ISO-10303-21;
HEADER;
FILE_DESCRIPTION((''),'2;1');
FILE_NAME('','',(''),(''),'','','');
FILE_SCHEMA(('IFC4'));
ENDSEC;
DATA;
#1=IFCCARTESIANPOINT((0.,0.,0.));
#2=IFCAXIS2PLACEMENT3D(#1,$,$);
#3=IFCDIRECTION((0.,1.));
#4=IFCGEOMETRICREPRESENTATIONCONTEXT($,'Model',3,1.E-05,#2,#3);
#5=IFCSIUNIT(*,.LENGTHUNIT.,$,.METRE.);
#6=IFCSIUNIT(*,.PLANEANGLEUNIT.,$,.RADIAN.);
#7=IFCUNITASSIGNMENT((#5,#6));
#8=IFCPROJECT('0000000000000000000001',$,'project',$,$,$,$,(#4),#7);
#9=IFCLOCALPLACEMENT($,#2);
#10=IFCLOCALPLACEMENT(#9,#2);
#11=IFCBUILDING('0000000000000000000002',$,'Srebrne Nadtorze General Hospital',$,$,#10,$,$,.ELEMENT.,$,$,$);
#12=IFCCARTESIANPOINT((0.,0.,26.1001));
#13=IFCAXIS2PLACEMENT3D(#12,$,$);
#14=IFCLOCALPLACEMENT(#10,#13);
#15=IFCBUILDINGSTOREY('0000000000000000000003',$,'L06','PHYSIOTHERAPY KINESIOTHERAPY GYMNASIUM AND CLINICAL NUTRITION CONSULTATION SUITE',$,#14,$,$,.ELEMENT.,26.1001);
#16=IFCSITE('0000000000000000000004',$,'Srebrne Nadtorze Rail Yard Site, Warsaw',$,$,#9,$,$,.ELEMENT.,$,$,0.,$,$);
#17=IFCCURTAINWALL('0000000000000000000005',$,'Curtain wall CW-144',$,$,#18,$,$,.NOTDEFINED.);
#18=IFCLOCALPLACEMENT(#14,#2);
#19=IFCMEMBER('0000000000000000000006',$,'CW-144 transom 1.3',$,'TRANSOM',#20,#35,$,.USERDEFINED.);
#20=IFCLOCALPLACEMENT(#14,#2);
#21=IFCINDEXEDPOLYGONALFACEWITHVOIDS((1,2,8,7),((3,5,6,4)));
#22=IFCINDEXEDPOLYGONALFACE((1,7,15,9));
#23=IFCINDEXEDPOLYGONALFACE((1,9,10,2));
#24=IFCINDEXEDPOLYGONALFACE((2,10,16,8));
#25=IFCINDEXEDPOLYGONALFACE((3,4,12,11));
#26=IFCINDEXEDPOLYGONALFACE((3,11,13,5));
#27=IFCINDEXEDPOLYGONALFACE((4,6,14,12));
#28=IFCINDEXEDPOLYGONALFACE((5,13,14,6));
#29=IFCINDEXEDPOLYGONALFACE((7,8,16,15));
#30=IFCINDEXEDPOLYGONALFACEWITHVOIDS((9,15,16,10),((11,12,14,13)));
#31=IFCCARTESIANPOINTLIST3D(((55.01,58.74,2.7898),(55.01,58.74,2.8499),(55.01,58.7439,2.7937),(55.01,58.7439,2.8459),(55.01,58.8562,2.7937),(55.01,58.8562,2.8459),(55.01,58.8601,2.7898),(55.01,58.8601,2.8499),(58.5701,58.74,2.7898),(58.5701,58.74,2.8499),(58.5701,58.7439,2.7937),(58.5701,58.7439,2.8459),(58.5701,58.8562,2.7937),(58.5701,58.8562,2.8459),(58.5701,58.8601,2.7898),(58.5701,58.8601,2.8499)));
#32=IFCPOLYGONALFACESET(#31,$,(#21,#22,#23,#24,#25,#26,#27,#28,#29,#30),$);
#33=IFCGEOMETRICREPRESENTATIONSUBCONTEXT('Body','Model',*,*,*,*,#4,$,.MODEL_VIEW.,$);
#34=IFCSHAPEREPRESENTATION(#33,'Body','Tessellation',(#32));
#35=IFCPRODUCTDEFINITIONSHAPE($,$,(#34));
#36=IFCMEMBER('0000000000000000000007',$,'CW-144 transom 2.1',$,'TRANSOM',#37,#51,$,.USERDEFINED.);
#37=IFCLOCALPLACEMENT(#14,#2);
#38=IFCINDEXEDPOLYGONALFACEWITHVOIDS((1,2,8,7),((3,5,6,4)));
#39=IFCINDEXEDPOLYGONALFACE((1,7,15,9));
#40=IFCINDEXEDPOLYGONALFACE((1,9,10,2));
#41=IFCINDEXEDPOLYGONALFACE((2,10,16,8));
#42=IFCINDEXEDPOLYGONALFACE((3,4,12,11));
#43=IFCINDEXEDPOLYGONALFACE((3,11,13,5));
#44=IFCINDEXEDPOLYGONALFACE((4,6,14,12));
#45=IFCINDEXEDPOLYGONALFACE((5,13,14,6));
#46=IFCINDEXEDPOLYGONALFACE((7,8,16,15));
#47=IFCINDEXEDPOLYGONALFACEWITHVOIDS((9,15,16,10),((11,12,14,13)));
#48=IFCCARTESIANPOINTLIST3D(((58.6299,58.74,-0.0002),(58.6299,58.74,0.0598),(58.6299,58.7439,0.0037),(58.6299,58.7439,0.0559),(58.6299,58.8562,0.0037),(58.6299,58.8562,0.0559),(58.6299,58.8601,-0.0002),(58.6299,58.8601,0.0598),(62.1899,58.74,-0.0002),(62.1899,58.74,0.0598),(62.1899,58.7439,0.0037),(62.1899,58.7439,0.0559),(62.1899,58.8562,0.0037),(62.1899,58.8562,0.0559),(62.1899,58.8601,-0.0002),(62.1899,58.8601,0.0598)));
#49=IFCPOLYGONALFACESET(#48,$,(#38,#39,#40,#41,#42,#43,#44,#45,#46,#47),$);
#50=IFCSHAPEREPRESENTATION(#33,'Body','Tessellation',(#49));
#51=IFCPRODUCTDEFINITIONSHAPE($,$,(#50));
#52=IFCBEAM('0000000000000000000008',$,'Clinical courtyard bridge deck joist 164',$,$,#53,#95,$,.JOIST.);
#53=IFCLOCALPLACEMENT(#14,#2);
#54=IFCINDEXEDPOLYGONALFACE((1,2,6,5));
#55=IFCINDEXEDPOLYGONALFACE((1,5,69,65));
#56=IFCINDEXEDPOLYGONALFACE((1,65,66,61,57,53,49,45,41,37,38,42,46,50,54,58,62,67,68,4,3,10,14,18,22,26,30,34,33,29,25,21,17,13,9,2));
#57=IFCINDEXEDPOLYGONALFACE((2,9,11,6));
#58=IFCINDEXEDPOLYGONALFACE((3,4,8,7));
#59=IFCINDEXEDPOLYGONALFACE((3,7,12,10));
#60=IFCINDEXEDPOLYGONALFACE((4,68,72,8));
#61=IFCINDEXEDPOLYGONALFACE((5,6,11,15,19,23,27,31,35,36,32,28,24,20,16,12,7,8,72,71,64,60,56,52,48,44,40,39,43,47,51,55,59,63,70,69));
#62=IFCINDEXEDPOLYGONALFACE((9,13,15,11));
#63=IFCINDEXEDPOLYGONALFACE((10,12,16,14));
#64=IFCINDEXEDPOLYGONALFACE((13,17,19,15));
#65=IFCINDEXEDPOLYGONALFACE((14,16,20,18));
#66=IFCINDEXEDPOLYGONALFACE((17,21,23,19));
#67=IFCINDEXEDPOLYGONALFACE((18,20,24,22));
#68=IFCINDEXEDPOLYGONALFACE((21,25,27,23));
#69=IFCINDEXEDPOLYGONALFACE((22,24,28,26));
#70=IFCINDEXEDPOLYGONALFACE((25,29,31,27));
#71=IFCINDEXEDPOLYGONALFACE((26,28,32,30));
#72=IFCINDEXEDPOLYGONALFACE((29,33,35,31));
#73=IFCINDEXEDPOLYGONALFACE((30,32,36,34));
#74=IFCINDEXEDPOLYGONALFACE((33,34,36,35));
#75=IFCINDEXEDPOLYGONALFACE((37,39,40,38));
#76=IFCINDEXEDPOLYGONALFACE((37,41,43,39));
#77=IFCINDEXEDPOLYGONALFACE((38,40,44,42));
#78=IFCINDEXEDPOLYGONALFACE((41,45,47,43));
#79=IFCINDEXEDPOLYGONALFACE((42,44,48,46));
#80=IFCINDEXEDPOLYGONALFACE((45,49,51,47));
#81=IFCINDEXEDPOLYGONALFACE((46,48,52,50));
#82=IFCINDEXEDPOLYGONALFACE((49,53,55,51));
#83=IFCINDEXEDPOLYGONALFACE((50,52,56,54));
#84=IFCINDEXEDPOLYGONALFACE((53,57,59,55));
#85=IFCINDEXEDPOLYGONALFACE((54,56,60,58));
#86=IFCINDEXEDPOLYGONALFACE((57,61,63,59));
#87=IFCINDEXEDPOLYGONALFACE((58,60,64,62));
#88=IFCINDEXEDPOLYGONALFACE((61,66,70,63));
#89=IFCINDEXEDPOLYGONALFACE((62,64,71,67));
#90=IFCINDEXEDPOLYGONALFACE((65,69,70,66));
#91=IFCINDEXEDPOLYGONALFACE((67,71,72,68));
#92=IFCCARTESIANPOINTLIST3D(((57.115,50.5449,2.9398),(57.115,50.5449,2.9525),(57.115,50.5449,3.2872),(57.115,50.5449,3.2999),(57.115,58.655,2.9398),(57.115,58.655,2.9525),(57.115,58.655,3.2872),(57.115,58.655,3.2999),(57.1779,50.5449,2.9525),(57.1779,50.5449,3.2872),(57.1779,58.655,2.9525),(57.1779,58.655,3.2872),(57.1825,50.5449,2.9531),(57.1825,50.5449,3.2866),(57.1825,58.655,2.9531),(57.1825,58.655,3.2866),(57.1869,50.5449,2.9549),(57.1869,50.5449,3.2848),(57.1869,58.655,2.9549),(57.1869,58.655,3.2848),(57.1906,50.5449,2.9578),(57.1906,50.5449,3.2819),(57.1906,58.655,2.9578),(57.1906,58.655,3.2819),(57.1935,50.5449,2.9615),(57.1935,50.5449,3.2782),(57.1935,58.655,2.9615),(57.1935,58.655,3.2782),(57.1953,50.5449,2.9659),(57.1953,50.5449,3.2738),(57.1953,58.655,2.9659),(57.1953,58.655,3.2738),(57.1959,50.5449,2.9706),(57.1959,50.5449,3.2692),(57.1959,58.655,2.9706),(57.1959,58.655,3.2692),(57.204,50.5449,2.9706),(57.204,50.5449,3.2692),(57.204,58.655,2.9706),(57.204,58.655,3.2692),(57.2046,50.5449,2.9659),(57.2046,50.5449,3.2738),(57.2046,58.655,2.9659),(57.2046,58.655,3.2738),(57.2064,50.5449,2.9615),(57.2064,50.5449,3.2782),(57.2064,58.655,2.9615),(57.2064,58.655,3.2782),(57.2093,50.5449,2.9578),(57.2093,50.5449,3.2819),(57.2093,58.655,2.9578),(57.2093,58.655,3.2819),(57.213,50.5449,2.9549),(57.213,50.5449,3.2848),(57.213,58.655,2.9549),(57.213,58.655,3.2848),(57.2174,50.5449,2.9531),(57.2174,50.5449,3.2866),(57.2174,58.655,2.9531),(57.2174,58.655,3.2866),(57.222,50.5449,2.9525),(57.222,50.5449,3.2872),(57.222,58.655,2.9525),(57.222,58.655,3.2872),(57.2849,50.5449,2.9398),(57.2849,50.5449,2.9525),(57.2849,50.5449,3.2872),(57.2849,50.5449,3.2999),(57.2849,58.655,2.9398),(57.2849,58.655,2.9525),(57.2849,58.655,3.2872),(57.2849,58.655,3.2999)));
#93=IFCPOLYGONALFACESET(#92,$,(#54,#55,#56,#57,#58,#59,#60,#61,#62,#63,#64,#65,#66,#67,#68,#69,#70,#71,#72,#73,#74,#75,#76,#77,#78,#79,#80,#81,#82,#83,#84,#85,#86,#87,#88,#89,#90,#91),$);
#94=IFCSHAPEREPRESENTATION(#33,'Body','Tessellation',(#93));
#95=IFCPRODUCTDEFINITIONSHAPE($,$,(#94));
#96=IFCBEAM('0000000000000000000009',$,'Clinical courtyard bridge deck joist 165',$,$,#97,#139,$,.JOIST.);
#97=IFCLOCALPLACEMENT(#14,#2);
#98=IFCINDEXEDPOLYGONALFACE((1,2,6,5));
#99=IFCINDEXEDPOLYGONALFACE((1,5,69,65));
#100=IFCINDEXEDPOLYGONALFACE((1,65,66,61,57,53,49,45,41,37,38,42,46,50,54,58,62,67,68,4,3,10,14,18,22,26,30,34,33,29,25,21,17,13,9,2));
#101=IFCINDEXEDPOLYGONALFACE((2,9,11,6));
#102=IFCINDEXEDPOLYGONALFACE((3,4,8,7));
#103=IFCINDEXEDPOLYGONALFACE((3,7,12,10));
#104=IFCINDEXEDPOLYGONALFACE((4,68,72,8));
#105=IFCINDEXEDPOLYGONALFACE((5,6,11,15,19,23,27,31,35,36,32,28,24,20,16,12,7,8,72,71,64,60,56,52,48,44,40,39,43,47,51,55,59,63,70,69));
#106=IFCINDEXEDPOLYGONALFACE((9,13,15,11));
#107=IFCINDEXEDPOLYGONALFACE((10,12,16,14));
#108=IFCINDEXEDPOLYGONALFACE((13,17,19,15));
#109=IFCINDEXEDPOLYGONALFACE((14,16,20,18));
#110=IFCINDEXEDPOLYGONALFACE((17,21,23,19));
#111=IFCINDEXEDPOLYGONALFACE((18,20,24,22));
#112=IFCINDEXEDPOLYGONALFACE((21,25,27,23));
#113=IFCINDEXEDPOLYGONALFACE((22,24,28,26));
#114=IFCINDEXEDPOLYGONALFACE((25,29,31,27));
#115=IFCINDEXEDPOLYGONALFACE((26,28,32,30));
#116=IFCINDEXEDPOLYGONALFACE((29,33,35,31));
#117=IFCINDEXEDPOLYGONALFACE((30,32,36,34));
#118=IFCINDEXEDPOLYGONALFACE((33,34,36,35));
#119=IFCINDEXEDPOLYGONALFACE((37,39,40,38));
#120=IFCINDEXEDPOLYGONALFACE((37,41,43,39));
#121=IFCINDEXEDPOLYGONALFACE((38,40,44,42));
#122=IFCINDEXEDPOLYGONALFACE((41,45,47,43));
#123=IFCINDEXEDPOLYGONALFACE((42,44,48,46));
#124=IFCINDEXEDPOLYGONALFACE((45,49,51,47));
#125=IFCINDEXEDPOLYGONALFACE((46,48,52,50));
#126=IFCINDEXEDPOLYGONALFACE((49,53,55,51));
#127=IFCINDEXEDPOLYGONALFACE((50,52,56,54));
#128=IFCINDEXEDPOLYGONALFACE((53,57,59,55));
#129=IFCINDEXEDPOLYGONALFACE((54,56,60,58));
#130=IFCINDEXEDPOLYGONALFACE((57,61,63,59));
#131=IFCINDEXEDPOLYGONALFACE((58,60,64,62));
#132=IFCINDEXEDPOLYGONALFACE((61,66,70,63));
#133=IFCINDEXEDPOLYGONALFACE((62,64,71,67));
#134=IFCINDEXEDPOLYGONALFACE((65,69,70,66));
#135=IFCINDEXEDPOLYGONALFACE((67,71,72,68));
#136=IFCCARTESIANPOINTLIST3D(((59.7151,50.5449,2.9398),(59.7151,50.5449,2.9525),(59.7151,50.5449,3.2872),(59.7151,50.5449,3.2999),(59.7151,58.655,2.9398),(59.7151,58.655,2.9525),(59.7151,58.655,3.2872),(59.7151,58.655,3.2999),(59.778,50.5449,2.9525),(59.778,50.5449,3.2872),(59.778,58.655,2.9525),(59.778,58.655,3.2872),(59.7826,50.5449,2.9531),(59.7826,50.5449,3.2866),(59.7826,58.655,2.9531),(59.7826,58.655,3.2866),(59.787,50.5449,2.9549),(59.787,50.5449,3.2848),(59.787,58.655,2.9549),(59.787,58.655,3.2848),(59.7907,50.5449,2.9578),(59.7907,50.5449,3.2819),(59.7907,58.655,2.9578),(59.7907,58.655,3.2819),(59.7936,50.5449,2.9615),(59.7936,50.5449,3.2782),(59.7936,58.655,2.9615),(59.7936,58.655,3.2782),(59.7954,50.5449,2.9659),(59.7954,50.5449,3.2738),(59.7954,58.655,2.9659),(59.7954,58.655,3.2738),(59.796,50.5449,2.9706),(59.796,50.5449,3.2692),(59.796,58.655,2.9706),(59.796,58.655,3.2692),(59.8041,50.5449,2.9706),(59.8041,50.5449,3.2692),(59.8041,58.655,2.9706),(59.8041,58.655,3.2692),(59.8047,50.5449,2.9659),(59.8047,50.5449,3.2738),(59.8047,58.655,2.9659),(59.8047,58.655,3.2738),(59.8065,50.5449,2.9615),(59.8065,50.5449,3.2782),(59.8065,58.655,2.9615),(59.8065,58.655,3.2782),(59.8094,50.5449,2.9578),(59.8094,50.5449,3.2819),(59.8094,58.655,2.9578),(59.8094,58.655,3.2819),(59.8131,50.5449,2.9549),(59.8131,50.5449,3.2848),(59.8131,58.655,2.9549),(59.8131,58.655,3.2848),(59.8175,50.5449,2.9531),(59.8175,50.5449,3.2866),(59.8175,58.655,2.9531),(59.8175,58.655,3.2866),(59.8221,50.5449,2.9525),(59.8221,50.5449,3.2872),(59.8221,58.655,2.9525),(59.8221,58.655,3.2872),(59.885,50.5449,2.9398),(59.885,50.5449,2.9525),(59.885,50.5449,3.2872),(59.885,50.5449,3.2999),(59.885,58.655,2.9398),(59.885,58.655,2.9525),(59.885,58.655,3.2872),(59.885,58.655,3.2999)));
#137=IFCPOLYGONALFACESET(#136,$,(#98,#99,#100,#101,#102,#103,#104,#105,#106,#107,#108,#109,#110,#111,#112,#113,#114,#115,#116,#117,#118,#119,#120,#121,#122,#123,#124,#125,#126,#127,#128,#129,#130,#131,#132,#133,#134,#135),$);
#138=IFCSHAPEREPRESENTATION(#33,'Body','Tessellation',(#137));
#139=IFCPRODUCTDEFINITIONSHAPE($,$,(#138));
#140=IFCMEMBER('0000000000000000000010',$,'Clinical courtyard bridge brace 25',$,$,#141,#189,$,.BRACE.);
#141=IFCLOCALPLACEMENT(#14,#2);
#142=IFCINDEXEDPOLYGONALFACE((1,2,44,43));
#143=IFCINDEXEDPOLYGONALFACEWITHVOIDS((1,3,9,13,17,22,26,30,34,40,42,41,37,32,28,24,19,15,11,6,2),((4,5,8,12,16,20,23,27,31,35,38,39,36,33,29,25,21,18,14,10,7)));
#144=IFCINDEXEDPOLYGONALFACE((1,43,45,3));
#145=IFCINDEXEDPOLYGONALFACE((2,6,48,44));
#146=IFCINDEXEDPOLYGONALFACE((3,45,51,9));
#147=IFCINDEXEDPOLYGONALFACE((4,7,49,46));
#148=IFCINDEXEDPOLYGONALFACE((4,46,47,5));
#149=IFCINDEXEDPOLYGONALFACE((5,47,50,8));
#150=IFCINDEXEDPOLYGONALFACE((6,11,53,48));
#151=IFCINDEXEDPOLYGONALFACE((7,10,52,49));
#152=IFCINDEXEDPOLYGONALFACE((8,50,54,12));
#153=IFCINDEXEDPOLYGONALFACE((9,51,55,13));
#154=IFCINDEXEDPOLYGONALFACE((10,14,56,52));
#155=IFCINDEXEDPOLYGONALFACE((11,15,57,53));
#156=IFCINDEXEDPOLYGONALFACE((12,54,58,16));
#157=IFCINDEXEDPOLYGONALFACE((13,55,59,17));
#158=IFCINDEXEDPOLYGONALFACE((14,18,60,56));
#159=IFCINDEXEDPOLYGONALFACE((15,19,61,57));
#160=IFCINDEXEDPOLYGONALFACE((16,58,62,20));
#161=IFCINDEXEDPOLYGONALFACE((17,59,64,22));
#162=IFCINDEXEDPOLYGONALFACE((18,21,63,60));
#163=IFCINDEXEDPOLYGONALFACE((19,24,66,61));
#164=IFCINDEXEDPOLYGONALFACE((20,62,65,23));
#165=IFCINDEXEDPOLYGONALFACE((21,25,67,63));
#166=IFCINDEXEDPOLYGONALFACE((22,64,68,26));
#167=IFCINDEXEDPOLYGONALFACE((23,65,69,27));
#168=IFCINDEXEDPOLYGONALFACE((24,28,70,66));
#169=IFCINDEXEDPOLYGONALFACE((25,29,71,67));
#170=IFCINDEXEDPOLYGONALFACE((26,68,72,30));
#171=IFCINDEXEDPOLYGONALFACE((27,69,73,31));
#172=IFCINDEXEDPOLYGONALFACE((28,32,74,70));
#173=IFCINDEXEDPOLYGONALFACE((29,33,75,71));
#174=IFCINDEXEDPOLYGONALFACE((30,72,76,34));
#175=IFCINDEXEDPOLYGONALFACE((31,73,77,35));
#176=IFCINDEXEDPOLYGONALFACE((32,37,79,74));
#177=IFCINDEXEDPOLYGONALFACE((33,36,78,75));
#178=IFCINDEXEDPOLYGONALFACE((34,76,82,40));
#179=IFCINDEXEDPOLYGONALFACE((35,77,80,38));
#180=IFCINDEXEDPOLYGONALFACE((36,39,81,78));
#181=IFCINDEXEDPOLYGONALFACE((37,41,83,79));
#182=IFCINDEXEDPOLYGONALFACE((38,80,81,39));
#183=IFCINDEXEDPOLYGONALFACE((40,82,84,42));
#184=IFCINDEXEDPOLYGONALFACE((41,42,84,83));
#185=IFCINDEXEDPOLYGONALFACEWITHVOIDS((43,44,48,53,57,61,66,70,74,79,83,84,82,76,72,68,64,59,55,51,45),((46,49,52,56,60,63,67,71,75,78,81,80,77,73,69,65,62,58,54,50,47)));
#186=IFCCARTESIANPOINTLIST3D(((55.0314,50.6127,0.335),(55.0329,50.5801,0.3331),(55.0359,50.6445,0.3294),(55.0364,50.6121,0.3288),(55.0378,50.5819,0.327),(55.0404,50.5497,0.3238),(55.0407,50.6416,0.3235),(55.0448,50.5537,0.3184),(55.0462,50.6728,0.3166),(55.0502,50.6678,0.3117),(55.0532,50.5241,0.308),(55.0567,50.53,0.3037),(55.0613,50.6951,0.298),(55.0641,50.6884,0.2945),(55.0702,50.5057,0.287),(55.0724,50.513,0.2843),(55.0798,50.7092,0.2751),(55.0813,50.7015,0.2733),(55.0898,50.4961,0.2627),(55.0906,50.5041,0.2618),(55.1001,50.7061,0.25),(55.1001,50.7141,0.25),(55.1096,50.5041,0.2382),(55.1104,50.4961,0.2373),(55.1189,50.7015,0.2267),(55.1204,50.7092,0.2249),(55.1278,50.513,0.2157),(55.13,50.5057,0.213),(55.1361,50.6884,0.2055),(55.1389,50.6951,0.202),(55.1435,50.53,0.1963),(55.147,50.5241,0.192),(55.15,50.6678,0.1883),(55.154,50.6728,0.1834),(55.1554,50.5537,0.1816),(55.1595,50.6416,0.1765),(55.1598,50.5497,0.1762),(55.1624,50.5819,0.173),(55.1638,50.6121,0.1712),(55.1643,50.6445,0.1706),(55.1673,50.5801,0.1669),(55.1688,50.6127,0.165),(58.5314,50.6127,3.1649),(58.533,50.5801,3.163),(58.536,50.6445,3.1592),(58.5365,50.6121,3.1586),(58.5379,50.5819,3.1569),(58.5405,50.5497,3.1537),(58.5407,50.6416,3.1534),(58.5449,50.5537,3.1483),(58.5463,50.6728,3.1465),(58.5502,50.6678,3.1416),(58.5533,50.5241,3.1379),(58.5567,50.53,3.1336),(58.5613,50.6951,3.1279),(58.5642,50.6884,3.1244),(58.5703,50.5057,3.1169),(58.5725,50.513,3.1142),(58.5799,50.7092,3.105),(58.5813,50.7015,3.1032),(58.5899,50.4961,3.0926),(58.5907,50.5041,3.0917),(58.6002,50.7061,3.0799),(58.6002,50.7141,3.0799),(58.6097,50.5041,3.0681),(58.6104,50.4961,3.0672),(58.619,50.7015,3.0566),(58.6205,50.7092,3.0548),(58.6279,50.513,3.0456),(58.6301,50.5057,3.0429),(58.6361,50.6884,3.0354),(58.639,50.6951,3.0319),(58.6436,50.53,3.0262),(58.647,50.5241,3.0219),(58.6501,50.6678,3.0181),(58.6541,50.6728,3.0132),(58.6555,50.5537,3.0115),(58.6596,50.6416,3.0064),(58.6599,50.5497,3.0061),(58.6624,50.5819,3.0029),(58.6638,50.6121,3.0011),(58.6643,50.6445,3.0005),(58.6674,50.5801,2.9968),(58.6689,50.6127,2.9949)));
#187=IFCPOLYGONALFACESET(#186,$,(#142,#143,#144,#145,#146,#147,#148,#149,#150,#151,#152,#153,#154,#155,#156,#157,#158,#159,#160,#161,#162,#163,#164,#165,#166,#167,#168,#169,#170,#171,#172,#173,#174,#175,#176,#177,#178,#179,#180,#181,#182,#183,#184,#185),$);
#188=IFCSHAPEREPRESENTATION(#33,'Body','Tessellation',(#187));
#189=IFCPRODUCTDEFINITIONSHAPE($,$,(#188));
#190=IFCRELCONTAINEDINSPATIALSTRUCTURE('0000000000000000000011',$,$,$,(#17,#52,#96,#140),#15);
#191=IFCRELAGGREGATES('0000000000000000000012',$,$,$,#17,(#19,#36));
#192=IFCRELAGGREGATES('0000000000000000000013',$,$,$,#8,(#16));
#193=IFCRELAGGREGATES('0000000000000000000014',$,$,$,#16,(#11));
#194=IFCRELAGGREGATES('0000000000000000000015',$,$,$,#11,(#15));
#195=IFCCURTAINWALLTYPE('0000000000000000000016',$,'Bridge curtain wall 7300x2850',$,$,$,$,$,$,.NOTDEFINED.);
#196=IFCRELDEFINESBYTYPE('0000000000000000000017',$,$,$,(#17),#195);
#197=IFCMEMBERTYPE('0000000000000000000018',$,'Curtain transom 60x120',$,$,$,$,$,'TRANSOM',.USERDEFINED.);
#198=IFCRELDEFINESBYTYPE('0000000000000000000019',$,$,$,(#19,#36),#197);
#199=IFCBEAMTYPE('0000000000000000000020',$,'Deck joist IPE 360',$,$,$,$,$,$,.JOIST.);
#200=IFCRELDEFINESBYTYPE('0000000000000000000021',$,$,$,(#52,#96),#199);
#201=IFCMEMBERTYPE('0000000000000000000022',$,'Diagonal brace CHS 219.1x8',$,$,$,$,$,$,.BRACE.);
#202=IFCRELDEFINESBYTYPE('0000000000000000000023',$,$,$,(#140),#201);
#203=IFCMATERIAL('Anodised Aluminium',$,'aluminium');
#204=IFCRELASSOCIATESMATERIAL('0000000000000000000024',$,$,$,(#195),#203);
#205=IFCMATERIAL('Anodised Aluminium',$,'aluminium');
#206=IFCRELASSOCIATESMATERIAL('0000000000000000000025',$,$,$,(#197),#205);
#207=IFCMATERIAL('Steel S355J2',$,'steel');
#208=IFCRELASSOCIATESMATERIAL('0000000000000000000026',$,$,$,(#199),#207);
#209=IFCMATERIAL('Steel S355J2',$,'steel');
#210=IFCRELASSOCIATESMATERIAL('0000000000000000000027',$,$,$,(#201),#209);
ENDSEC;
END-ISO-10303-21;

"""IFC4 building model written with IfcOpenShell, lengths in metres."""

from ifc_helpers import new_model, si_unit, direction, frame, origin, origin_2d, place, context, subcontext, project, spatial, hollow_rectangle, hollow_circle, i_section, extrude, material, material_profile, profile_set, type_object, element, aggregate, save


model = new_model("IFC4")

# Units and contexts
model_context = context("Model", 3, precision=1e-05, world=origin(), true_north=direction((0.0, 1.0)))
body_context = subcontext(model_context, "Body", "Model", "MODEL_VIEW")
ifc_project = project(units=[si_unit("LENGTHUNIT", "METRE"), si_unit("PLANEANGLEUNIT", "RADIAN")], contexts=[model_context])

# Site, building, storey
site_placement = place(None, origin())
site = spatial("IfcSite", under=ifc_project, at=site_placement, Name="Srebrne Nadtorze Rail Yard Site, Warsaw", CompositionType="ELEMENT", RefElevation=0.0)
building_placement = place(site_placement, origin())
building = spatial("IfcBuilding", under=site, at=building_placement, Name="Srebrne Nadtorze General Hospital", CompositionType="ELEMENT")
storey_placement = place(building_placement, frame((0.0, 0.0, 26.1001)))
storey = spatial("IfcBuildingStorey", under=building, at=storey_placement, Name="L06", Description="PHYSIOTHERAPY KINESIOTHERAPY GYMNASIUM AND CLINICAL NUTRITION CONSULTATION SUITE", CompositionType="ELEMENT", Elevation=26.1001)

# Curtain wall, members
ifc_material_1 = material(Name="Anodised Aluminium", Category="aluminium")
curtain_wall_type = type_object("IfcCurtainWallType", Name="Bridge curtain wall 7300x2850", PredefinedType="NOTDEFINED", material=ifc_material_1)
curtain_wall_placement = place(storey_placement, origin())
curtain_wall = element("IfcCurtainWall", 1, at=curtain_wall_placement, inside=storey, type_object=curtain_wall_type, Name="Curtain wall CW-144", PredefinedType="NOTDEFINED")
ifc_material_2 = material(Name="Anodised Aluminium", Category="aluminium")
ifc_material_profile_1 = material_profile(ifc_material_2, hollow_rectangle(XDim=0.0601, YDim=0.1201, WallThickness=0.0039, at=origin_2d()), Name="AL-TRN-60x120")
ifc_profile_set_1 = profile_set([ifc_material_profile_1], Name="Anodised Aluminium")
member_type_1 = type_object("IfcMemberType", Name="Curtain transom 60x120", ElementType="TRANSOM", PredefinedType="USERDEFINED", material=ifc_profile_set_1)
member_1_placement = place(storey_placement, frame((55.01, 58.8, 2.8198), z_axis=(1.0, 0.0, 0.0), x_axis=(0.0, 0.0, 1.0)))
member_1 = element("IfcMember", 2, at=member_1_placement, type_object=member_type_1, Name="CW-144 transom 1.3", ObjectType="TRANSOM", PredefinedType="USERDEFINED", context=body_context, shape_type="SweptSolid", body=[
    extrude(hollow_rectangle(XDim=0.0601, YDim=0.1201, WallThickness=0.0039, at=origin_2d()), origin(), (0.0, 0.0, 1.0), 3.5601),
])
member_2_placement = place(storey_placement, frame((58.6299, 58.8, 0.0298), z_axis=(1.0, 0.0, 0.0), x_axis=(0.0, 0.0, 1.0)))
member_2 = element("IfcMember", 3, at=member_2_placement, type_object=member_type_1, Name="CW-144 transom 2.1", ObjectType="TRANSOM", PredefinedType="USERDEFINED", context=body_context, shape_type="SweptSolid", body=[
    extrude(hollow_rectangle(XDim=0.0601, YDim=0.1201, WallThickness=0.0039, at=origin_2d()), origin(), (0.0, 0.0, 1.0), 3.5601),
])

# Beams
ifc_material_3 = material(Name="Steel S355J2", Category="steel")
ifc_material_profile_2 = material_profile(ifc_material_3, i_section(OverallWidth=0.1699, OverallDepth=0.3601, WebThickness=0.0081, FlangeThickness=0.0127, FilletRadius=0.0181, at=origin_2d()), Name="IPE-360")
ifc_profile_set_2 = profile_set([ifc_material_profile_2], Name="Steel S355J2")
beam_type_1 = type_object("IfcBeamType", Name="Deck joist IPE 360", PredefinedType="JOIST", material=ifc_profile_set_2)
for number, where, z_axis, x_axis, name in (
    (4, (57.2, 50.5449, 3.1199), (0.0, 1.0, 0.0), (-1.0, 0.0, 0.0), "Clinical courtyard bridge deck joist 164"),
    (5, (59.8, 50.5449, 3.1199), (0.0, 1.0, 0.0), (-1.0, 0.0, 0.0), "Clinical courtyard bridge deck joist 165"),
):
    element("IfcBeam", number, at=place(storey_placement, frame(where, z_axis=z_axis, x_axis=x_axis)), inside=storey, type_object=beam_type_1, Name=name, PredefinedType="JOIST", context=body_context, shape_type="SweptSolid", body=[
        extrude(i_section(OverallWidth=0.1699, OverallDepth=0.3601, WebThickness=0.0081, FlangeThickness=0.0127, FilletRadius=0.0181, at=origin_2d()), origin(), (0.0, 0.0, 1.0), 8.1101),
    ])

# Member
ifc_material_4 = material(Name="Steel S355J2", Category="steel")
ifc_material_profile_3 = material_profile(ifc_material_4, hollow_circle(Radius=0.1096, WallThickness=0.0081, at=origin_2d()), Name="CHS-219.1x8")
ifc_profile_set_3 = profile_set([ifc_material_profile_3], Name="Steel S355J2")
member_type_2 = type_object("IfcMemberType", Name="Diagonal brace CHS 219.1x8", PredefinedType="BRACE", material=ifc_profile_set_3)
for number, where, z_axis, x_axis, name in (
    (6, (55.1001, 50.6045, 0.25), (0.777625, 0.0, 0.628728), (0.0, 1.0, 0.0), "Clinical courtyard bridge brace 25"),
):
    element("IfcMember", number, at=place(storey_placement, frame(where, z_axis=z_axis, x_axis=x_axis)), inside=storey, type_object=member_type_2, Name=name, PredefinedType="BRACE", context=body_context, shape_type="SweptSolid", body=[
        extrude(hollow_circle(Radius=0.1096, WallThickness=0.0081, at=origin_2d()), origin(), (0.0, 0.0, 1.0), 4.501),
    ])

aggregate(curtain_wall, [member_1, member_2])

save(model, "model.ifc")
